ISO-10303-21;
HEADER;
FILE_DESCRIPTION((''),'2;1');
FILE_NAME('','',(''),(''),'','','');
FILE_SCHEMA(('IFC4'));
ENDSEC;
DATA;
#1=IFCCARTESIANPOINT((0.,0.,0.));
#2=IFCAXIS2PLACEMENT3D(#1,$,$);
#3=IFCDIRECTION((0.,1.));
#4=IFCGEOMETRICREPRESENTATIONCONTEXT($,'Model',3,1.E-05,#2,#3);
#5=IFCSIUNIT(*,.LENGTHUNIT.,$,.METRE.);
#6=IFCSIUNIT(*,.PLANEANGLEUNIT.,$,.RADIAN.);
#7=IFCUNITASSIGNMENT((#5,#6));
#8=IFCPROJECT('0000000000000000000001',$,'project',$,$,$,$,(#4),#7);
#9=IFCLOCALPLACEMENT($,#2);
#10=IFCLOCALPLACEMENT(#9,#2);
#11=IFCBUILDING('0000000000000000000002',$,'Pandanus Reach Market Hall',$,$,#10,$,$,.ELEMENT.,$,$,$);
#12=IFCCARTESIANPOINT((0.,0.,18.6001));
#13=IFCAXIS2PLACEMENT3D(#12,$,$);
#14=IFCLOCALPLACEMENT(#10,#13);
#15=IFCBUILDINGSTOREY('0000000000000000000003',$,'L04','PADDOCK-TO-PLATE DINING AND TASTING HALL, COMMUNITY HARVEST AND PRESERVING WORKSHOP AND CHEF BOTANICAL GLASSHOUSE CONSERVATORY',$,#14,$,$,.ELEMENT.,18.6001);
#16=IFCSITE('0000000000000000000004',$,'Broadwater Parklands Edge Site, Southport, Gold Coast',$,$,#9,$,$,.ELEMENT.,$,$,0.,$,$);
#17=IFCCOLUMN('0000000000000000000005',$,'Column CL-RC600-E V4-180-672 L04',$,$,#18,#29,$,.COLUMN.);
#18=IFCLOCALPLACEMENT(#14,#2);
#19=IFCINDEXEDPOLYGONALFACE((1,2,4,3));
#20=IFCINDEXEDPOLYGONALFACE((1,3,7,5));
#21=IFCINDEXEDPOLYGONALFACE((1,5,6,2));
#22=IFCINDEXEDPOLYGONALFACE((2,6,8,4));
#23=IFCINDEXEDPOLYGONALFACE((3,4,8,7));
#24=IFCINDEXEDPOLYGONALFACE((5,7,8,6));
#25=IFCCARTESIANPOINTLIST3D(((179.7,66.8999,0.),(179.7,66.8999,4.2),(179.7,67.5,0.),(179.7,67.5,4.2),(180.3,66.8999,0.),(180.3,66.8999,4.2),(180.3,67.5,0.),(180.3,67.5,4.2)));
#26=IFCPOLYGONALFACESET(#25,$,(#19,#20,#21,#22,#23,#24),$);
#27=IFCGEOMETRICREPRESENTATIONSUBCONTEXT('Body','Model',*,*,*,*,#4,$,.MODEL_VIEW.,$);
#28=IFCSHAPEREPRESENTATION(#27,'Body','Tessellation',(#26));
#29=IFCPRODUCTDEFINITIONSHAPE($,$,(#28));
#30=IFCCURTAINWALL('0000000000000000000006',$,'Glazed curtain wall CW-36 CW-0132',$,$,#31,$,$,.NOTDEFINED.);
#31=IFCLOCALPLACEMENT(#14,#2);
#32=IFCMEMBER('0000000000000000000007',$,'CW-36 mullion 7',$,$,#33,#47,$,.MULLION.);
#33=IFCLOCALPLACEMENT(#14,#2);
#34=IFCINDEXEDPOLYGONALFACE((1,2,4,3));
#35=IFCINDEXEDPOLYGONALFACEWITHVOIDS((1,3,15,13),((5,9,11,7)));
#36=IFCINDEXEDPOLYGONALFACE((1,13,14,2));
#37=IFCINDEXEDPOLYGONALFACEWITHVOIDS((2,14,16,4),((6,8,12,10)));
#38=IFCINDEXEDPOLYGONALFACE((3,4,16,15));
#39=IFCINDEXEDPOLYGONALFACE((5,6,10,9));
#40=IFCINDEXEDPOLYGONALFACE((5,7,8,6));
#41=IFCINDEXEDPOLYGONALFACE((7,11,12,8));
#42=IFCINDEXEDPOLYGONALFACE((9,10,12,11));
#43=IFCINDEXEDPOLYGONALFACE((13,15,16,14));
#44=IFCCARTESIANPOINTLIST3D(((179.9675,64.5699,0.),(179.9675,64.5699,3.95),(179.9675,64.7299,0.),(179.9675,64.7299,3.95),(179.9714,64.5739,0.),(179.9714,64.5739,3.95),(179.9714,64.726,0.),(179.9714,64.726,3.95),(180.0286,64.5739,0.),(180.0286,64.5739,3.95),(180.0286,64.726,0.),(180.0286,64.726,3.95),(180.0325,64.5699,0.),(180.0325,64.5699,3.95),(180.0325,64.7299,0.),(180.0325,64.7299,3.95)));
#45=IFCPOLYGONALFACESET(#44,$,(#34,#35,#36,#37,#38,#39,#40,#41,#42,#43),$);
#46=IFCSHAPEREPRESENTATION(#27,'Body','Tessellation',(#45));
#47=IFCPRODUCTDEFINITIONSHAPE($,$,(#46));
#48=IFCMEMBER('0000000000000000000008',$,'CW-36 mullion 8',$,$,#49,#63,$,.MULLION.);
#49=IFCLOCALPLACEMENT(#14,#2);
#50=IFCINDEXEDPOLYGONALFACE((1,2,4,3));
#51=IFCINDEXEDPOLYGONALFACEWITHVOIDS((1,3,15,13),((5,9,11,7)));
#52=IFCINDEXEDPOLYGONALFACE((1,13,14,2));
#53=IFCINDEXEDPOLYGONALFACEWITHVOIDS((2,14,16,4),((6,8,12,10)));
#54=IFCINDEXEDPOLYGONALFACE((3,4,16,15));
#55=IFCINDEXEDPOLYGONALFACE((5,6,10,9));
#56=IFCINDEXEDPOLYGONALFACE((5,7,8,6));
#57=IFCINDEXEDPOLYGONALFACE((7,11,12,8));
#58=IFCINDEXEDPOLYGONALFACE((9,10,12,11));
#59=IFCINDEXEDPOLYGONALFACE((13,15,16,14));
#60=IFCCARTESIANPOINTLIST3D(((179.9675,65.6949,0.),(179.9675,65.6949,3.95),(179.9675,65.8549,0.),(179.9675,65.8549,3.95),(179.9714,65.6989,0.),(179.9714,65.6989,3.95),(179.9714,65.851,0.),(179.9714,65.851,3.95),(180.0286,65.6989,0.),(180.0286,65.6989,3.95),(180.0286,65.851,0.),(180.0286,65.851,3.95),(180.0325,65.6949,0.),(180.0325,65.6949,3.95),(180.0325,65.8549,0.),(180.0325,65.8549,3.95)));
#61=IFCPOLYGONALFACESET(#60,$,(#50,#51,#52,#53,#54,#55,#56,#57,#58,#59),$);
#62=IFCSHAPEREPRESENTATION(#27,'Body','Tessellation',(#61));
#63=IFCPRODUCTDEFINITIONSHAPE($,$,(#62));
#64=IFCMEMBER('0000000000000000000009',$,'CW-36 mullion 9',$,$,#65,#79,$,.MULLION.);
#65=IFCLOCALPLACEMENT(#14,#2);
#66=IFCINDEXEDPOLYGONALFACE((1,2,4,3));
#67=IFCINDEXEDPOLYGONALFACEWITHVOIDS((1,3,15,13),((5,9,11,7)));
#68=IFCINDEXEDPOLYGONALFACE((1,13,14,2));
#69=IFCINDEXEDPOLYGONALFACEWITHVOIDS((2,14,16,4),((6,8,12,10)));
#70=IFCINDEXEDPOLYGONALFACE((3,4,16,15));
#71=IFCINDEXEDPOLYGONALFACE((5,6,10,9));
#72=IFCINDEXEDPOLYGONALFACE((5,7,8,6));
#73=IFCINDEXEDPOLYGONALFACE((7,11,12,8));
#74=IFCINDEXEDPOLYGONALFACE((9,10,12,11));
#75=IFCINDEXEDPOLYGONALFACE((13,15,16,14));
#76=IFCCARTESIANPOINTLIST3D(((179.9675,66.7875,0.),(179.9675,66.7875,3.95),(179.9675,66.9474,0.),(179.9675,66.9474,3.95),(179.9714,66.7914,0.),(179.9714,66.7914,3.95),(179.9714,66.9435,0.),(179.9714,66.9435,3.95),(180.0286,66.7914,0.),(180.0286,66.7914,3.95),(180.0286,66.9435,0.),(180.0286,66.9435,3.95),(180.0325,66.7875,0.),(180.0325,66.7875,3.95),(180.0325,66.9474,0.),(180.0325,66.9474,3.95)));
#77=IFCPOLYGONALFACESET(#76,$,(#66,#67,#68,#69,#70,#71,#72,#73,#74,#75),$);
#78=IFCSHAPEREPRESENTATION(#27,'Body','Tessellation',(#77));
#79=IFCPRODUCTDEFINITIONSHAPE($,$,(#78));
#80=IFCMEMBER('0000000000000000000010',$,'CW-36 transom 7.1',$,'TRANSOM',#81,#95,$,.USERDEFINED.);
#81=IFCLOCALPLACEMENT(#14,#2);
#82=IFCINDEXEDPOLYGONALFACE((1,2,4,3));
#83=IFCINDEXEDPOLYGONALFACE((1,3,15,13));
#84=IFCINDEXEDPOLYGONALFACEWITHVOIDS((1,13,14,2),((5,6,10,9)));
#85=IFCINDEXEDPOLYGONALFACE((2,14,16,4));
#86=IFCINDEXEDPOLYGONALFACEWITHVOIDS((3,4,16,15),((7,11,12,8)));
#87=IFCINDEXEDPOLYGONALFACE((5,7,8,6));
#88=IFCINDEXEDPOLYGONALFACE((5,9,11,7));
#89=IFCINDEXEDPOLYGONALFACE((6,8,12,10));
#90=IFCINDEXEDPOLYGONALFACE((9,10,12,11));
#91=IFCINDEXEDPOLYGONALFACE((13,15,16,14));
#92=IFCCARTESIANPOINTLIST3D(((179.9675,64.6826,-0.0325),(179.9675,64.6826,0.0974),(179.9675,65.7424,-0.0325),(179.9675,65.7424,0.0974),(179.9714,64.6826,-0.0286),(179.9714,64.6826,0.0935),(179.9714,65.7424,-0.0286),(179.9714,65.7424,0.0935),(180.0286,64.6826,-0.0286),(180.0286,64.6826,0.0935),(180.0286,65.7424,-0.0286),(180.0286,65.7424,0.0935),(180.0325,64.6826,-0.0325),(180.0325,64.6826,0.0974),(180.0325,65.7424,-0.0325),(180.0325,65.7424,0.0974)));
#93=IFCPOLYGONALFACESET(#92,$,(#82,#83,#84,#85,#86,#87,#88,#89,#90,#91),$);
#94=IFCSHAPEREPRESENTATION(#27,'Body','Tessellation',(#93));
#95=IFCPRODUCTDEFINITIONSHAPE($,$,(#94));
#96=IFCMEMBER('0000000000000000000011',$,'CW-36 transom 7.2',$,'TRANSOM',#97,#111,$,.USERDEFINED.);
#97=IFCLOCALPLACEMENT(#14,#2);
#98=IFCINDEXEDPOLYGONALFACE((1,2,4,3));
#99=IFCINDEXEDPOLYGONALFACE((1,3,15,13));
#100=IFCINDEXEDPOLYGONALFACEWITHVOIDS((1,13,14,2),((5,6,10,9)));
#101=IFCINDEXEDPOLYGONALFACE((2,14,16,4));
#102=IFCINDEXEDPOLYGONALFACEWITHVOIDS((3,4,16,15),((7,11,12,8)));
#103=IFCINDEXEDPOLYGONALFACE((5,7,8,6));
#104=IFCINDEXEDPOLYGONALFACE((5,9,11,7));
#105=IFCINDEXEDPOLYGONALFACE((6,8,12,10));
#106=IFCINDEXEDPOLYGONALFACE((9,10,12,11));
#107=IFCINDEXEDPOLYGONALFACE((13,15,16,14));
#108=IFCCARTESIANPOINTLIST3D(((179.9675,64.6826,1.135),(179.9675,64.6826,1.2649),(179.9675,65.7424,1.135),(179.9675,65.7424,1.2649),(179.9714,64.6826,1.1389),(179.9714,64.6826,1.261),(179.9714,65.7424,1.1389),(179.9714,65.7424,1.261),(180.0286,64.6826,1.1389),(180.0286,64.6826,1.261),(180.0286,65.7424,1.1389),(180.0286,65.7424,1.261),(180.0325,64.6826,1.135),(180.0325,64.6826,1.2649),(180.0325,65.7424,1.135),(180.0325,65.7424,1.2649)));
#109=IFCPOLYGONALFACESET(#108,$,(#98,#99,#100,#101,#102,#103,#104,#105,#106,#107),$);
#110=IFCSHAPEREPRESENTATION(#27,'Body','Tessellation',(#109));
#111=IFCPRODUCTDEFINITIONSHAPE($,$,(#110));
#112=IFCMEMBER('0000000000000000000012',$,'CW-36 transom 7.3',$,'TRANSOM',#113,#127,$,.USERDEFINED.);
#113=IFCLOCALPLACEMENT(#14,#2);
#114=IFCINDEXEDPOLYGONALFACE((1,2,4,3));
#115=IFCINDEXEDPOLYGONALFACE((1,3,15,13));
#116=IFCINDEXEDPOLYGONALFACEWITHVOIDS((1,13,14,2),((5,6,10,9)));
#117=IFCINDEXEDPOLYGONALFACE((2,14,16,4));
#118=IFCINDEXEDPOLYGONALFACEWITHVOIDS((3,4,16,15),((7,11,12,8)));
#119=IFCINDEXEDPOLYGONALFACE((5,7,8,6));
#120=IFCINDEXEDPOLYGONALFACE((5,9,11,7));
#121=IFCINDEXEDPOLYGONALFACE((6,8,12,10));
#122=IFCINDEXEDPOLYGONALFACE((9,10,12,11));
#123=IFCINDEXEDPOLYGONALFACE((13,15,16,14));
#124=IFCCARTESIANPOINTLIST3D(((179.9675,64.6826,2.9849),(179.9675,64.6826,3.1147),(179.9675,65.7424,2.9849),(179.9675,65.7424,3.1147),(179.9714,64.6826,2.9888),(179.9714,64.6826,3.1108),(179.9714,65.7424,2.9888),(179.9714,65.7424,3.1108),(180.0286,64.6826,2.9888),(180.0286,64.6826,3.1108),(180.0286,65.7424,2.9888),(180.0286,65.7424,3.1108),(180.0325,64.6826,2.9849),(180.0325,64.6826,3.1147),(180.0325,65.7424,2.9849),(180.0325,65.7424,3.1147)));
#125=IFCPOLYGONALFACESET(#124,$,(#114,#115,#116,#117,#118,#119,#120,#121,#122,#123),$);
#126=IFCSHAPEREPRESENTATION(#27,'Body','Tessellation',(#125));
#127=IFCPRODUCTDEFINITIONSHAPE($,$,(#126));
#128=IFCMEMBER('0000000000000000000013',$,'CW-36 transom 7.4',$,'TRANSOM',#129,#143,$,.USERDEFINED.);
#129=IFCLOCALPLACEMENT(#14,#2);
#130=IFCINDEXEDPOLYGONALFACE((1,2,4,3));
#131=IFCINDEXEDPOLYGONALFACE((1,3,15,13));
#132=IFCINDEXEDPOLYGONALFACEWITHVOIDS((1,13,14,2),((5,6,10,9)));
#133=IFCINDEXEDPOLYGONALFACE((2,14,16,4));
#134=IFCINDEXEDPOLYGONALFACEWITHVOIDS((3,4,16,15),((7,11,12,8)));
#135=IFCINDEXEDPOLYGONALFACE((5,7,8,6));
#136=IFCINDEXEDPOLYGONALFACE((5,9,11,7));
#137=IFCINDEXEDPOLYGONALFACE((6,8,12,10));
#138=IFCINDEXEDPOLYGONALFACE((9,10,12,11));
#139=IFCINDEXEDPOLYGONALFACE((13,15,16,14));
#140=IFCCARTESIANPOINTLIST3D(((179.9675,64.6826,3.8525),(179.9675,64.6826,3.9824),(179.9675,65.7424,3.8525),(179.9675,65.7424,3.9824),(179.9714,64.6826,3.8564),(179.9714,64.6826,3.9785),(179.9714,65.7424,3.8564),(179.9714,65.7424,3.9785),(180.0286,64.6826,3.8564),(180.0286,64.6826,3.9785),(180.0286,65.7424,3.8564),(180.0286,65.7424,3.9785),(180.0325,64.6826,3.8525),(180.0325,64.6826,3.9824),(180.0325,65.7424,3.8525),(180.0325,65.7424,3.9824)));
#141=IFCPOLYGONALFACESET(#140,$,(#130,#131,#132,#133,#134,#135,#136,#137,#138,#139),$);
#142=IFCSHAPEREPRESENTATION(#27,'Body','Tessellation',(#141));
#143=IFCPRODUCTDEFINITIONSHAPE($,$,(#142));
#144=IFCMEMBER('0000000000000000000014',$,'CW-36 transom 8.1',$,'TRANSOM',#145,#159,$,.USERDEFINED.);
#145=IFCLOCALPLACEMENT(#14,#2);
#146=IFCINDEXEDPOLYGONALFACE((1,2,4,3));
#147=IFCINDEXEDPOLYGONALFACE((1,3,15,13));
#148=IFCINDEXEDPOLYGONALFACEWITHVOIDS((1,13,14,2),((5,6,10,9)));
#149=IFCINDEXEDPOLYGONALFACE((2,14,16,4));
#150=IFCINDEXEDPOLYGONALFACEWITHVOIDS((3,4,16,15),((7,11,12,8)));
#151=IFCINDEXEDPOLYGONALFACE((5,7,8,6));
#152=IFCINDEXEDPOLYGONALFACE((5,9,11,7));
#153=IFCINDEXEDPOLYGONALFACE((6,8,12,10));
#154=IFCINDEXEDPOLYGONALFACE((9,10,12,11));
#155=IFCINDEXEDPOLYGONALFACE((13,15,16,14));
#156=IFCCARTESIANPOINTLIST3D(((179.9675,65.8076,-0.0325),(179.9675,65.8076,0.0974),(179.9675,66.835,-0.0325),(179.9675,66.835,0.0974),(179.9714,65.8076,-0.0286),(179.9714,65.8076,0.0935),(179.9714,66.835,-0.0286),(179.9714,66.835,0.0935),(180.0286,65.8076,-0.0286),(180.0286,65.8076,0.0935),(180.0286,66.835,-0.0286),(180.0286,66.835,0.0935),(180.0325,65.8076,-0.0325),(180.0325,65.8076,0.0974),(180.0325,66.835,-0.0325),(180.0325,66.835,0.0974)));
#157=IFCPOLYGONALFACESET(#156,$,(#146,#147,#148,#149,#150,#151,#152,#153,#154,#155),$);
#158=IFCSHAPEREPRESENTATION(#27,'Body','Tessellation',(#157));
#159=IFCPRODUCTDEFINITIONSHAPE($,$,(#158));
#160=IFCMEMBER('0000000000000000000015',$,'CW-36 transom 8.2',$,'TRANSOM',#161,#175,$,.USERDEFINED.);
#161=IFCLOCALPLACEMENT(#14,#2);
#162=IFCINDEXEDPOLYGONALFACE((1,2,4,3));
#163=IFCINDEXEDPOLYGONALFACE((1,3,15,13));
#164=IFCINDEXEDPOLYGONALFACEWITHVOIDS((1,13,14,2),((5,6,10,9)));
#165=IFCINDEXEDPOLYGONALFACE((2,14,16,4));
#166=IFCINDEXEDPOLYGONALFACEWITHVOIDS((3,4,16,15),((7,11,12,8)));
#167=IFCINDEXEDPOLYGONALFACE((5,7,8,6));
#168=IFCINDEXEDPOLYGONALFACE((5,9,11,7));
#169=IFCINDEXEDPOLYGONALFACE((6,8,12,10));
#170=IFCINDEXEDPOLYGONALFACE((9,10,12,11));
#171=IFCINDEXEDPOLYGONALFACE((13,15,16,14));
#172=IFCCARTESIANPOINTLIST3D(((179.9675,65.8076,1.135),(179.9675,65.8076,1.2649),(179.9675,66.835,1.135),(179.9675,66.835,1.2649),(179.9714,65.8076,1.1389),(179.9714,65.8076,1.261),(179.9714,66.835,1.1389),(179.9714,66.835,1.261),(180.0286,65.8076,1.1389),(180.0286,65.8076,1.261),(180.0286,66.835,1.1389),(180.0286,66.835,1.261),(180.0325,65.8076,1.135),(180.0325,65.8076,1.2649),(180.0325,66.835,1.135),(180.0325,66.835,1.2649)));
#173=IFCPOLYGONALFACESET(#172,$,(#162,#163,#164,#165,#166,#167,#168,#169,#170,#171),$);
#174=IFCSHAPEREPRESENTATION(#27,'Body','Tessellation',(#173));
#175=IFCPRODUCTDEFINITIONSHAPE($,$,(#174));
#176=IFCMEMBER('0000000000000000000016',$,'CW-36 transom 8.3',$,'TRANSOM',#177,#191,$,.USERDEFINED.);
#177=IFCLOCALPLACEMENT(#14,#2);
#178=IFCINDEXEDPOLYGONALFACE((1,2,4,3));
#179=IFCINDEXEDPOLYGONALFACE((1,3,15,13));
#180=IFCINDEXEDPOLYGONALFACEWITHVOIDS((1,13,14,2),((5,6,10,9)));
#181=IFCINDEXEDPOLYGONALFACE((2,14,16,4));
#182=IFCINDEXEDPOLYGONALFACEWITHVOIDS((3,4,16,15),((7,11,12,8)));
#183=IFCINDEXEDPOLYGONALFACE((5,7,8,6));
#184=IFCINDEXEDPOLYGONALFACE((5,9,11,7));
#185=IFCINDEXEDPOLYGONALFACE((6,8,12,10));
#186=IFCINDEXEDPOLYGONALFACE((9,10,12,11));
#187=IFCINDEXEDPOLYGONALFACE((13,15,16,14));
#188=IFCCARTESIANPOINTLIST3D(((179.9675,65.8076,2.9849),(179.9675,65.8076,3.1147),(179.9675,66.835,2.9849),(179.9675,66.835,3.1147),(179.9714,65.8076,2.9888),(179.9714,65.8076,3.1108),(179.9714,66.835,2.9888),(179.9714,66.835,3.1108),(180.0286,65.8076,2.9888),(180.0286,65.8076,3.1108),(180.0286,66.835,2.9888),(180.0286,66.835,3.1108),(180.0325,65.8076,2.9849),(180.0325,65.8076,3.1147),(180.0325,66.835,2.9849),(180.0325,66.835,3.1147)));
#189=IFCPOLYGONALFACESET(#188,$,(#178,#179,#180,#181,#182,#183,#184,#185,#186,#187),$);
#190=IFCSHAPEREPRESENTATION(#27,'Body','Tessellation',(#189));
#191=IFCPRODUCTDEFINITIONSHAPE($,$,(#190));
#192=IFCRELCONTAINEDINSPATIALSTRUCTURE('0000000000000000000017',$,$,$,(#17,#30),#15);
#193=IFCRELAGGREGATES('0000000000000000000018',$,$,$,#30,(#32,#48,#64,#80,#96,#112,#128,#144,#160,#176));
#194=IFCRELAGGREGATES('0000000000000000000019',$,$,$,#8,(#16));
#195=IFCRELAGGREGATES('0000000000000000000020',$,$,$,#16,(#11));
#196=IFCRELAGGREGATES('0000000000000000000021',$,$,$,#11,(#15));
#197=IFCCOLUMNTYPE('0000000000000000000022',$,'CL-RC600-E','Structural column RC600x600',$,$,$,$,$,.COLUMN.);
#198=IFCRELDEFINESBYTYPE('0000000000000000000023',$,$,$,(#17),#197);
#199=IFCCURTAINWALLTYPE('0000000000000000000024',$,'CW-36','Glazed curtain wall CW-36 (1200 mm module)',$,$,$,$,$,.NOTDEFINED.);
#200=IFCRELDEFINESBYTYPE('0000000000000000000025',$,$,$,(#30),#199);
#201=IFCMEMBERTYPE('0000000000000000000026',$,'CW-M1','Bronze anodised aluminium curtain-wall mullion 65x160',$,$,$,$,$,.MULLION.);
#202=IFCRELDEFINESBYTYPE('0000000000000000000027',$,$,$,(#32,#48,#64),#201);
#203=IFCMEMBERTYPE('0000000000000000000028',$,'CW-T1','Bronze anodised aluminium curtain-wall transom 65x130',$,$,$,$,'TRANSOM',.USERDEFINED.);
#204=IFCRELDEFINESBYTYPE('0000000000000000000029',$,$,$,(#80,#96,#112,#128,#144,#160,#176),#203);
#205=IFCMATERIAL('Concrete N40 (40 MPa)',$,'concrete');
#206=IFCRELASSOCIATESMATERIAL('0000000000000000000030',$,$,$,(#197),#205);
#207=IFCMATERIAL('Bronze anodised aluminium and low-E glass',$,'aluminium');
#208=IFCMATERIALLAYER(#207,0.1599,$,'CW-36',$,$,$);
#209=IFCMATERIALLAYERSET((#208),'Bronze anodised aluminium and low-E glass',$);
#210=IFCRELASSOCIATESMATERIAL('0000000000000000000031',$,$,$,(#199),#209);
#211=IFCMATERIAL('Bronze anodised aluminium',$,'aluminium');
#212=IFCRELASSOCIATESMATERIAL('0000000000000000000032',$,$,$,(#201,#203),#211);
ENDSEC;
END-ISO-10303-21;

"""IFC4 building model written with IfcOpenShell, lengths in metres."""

from ifc_helpers import new_model, si_unit, direction, frame, origin, origin_2d, place, context, subcontext, project, spatial, rectangle, hollow_rectangle, extrude, material, layer, layer_set, material_profile, profile_set, type_object, element, aggregate, save


model = new_model("IFC4")

# Units and contexts
model_context = context("Model", 3, precision=1e-05, world=origin(), true_north=direction((0.0, 1.0)))
body_context = subcontext(model_context, "Body", "Model", "MODEL_VIEW")
ifc_project = project(units=[si_unit("LENGTHUNIT", "METRE"), si_unit("PLANEANGLEUNIT", "RADIAN")], contexts=[model_context])

# Site, building, storey
site_placement = place(None, origin())
site = spatial("IfcSite", under=ifc_project, at=site_placement, Name="Broadwater Parklands Edge Site, Southport, Gold Coast", CompositionType="ELEMENT", RefElevation=0.0)
building_placement = place(site_placement, origin())
building = spatial("IfcBuilding", under=site, at=building_placement, Name="Pandanus Reach Market Hall", CompositionType="ELEMENT")
storey_placement = place(building_placement, frame((0.0, 0.0, 18.6001)))
storey = spatial("IfcBuildingStorey", under=building, at=storey_placement, Name="L04", Description="PADDOCK-TO-PLATE DINING AND TASTING HALL, COMMUNITY HARVEST AND PRESERVING WORKSHOP AND CHEF BOTANICAL GLASSHOUSE CONSERVATORY", CompositionType="ELEMENT", Elevation=18.6001)

# Column
ifc_material_1 = material(Name="Concrete N40 (40 MPa)", Category="concrete")
ifc_material_profile_1 = material_profile(ifc_material_1, rectangle(XDim=0.6001, YDim=0.6001, at=origin_2d()), Name="RC600x600", Category="LoadBearing")
ifc_profile_set_1 = profile_set([ifc_material_profile_1], Name="Concrete N40 (40 MPa)")
column_type = type_object("IfcColumnType", Name="CL-RC600-E", Description="Structural column RC600x600", PredefinedType="COLUMN", material=ifc_profile_set_1)
column_placement = place(storey_placement, frame((180.0, 67.2, 0.0), z_axis=(0.0, 0.0, 1.0), x_axis=(1.0, 0.0, 0.0)))
element("IfcColumn", 1, at=column_placement, inside=storey, type_object=column_type, Name="Column CL-RC600-E V4-180-672 L04", PredefinedType="COLUMN", context=body_context, shape_type="SweptSolid", body=[
    extrude(rectangle(XDim=0.6001, YDim=0.6001, at=origin_2d()), origin(), (0.0, 0.0, 1.0), 4.2),
])

# Curtain wall, members
ifc_material_2 = material(Name="Bronze anodised aluminium and low-E glass", Category="aluminium")
ifc_layer_1 = layer(ifc_material_2, 0.1599, Name="CW-36")
ifc_layer_set_1 = layer_set([ifc_layer_1], Name="Bronze anodised aluminium and low-E glass")
curtain_wall_type = type_object("IfcCurtainWallType", Name="CW-36", Description="Glazed curtain wall CW-36 (1200 mm module)", PredefinedType="NOTDEFINED", material=ifc_layer_set_1)
curtain_wall_placement = place(storey_placement, origin())
curtain_wall = element("IfcCurtainWall", 2, at=curtain_wall_placement, inside=storey, type_object=curtain_wall_type, Name="Glazed curtain wall CW-36 CW-0132", PredefinedType="NOTDEFINED")
ifc_material_3 = material(Name="Bronze anodised aluminium", Category="aluminium")
ifc_material_profile_2 = material_profile(ifc_material_3, hollow_rectangle(XDim=0.0649, YDim=0.1599, WallThickness=0.0039, at=origin_2d()), Name="ALU65x160", Category="LoadBearing")
ifc_profile_set_2 = profile_set([ifc_material_profile_2], Name="Bronze anodised aluminium")
member_type_1 = type_object("IfcMemberType", Name="CW-M1", Description="Bronze anodised aluminium curtain-wall mullion 65x160", PredefinedType="MULLION", material=ifc_profile_set_2)
member_1_placement = place(storey_placement, frame((180.0, 64.6499, 0.0), z_axis=(0.0, 0.0, 1.0), x_axis=(-1.0, 0.0, 0.0)))
member_1 = element("IfcMember", 3, at=member_1_placement, type_object=member_type_1, Name="CW-36 mullion 7", PredefinedType="MULLION", context=body_context, shape_type="SweptSolid", body=[
    extrude(hollow_rectangle(XDim=0.0649, YDim=0.1599, WallThickness=0.0039, at=origin_2d()), origin(), (0.0, 0.0, 1.0), 3.95),
])
member_2_placement = place(storey_placement, frame((180.0, 65.7749, 0.0), z_axis=(0.0, 0.0, 1.0), x_axis=(-1.0, 0.0, 0.0)))
member_2 = element("IfcMember", 4, at=member_2_placement, type_object=member_type_1, Name="CW-36 mullion 8", PredefinedType="MULLION", context=body_context, shape_type="SweptSolid", body=[
    extrude(hollow_rectangle(XDim=0.0649, YDim=0.1599, WallThickness=0.0039, at=origin_2d()), origin(), (0.0, 0.0, 1.0), 3.95),
])
member_3_placement = place(storey_placement, frame((180.0, 66.8674, 0.0), z_axis=(0.0, 0.0, 1.0), x_axis=(-1.0, 0.0, 0.0)))
member_3 = element("IfcMember", 5, at=member_3_placement, type_object=member_type_1, Name="CW-36 mullion 9", PredefinedType="MULLION", context=body_context, shape_type="SweptSolid", body=[
    extrude(hollow_rectangle(XDim=0.0649, YDim=0.1599, WallThickness=0.0039, at=origin_2d()), origin(), (0.0, 0.0, 1.0), 3.95),
])
ifc_material_profile_3 = material_profile(ifc_material_3, hollow_rectangle(XDim=0.0649, YDim=0.1299, WallThickness=0.0039, at=origin_2d()), Name="ALU65x130", Category="LoadBearing")
ifc_profile_set_3 = profile_set([ifc_material_profile_3], Name="Bronze anodised aluminium")
member_type_2 = type_object("IfcMemberType", Name="CW-T1", Description="Bronze anodised aluminium curtain-wall transom 65x130", ElementType="TRANSOM", PredefinedType="USERDEFINED", material=ifc_profile_set_3)
member_4_placement = place(storey_placement, frame((180.0, 64.6826, 0.0325), z_axis=(0.0, 1.0, 0.0), x_axis=(-1.0, 0.0, 0.0)))
member_4 = element("IfcMember", 6, at=member_4_placement, type_object=member_type_2, Name="CW-36 transom 7.1", ObjectType="TRANSOM", PredefinedType="USERDEFINED", context=body_context, shape_type="SweptSolid", body=[
    extrude(hollow_rectangle(XDim=0.0649, YDim=0.1299, WallThickness=0.0039, at=origin_2d()), origin(), (0.0, 0.0, 1.0), 1.0598),
])
member_5_placement = place(storey_placement, frame((180.0, 64.6826, 1.2), z_axis=(0.0, 1.0, 0.0), x_axis=(-1.0, 0.0, 0.0)))
member_5 = element("IfcMember", 7, at=member_5_placement, type_object=member_type_2, Name="CW-36 transom 7.2", ObjectType="TRANSOM", PredefinedType="USERDEFINED", context=body_context, shape_type="SweptSolid", body=[
    extrude(hollow_rectangle(XDim=0.0649, YDim=0.1299, WallThickness=0.0039, at=origin_2d()), origin(), (0.0, 0.0, 1.0), 1.0598),
])
member_6_placement = place(storey_placement, frame((180.0, 64.6826, 3.0498), z_axis=(0.0, 1.0, 0.0), x_axis=(-1.0, 0.0, 0.0)))
member_6 = element("IfcMember", 8, at=member_6_placement, type_object=member_type_2, Name="CW-36 transom 7.3", ObjectType="TRANSOM", PredefinedType="USERDEFINED", context=body_context, shape_type="SweptSolid", body=[
    extrude(hollow_rectangle(XDim=0.0649, YDim=0.1299, WallThickness=0.0039, at=origin_2d()), origin(), (0.0, 0.0, 1.0), 1.0598),
])
member_7_placement = place(storey_placement, frame((180.0, 64.6826, 3.9175), z_axis=(0.0, 1.0, 0.0), x_axis=(-1.0, 0.0, 0.0)))
member_7 = element("IfcMember", 9, at=member_7_placement, type_object=member_type_2, Name="CW-36 transom 7.4", ObjectType="TRANSOM", PredefinedType="USERDEFINED", context=body_context, shape_type="SweptSolid", body=[
    extrude(hollow_rectangle(XDim=0.0649, YDim=0.1299, WallThickness=0.0039, at=origin_2d()), origin(), (0.0, 0.0, 1.0), 1.0598),
])
member_8_placement = place(storey_placement, frame((180.0, 65.8076, 0.0325), z_axis=(0.0, 1.0, 0.0), x_axis=(-1.0, 0.0, 0.0)))
member_8 = element("IfcMember", 10, at=member_8_placement, type_object=member_type_2, Name="CW-36 transom 8.1", ObjectType="TRANSOM", PredefinedType="USERDEFINED", context=body_context, shape_type="SweptSolid", body=[
    extrude(hollow_rectangle(XDim=0.0649, YDim=0.1299, WallThickness=0.0039, at=origin_2d()), origin(), (0.0, 0.0, 1.0), 1.0273),
])
member_9_placement = place(storey_placement, frame((180.0, 65.8076, 1.2), z_axis=(0.0, 1.0, 0.0), x_axis=(-1.0, 0.0, 0.0)))
member_9 = element("IfcMember", 11, at=member_9_placement, type_object=member_type_2, Name="CW-36 transom 8.2", ObjectType="TRANSOM", PredefinedType="USERDEFINED", context=body_context, shape_type="SweptSolid", body=[
    extrude(hollow_rectangle(XDim=0.0649, YDim=0.1299, WallThickness=0.0039, at=origin_2d()), origin(), (0.0, 0.0, 1.0), 1.0273),
])
member_10_placement = place(storey_placement, frame((180.0, 65.8076, 3.0498), z_axis=(0.0, 1.0, 0.0), x_axis=(-1.0, 0.0, 0.0)))
member_10 = element("IfcMember", 12, at=member_10_placement, type_object=member_type_2, Name="CW-36 transom 8.3", ObjectType="TRANSOM", PredefinedType="USERDEFINED", context=body_context, shape_type="SweptSolid", body=[
    extrude(hollow_rectangle(XDim=0.0649, YDim=0.1299, WallThickness=0.0039, at=origin_2d()), origin(), (0.0, 0.0, 1.0), 1.0273),
])

aggregate(curtain_wall, [member_1, member_2, member_3, member_4, member_5, member_6, member_7, member_8, member_9, member_10])

save(model, "model.ifc")
